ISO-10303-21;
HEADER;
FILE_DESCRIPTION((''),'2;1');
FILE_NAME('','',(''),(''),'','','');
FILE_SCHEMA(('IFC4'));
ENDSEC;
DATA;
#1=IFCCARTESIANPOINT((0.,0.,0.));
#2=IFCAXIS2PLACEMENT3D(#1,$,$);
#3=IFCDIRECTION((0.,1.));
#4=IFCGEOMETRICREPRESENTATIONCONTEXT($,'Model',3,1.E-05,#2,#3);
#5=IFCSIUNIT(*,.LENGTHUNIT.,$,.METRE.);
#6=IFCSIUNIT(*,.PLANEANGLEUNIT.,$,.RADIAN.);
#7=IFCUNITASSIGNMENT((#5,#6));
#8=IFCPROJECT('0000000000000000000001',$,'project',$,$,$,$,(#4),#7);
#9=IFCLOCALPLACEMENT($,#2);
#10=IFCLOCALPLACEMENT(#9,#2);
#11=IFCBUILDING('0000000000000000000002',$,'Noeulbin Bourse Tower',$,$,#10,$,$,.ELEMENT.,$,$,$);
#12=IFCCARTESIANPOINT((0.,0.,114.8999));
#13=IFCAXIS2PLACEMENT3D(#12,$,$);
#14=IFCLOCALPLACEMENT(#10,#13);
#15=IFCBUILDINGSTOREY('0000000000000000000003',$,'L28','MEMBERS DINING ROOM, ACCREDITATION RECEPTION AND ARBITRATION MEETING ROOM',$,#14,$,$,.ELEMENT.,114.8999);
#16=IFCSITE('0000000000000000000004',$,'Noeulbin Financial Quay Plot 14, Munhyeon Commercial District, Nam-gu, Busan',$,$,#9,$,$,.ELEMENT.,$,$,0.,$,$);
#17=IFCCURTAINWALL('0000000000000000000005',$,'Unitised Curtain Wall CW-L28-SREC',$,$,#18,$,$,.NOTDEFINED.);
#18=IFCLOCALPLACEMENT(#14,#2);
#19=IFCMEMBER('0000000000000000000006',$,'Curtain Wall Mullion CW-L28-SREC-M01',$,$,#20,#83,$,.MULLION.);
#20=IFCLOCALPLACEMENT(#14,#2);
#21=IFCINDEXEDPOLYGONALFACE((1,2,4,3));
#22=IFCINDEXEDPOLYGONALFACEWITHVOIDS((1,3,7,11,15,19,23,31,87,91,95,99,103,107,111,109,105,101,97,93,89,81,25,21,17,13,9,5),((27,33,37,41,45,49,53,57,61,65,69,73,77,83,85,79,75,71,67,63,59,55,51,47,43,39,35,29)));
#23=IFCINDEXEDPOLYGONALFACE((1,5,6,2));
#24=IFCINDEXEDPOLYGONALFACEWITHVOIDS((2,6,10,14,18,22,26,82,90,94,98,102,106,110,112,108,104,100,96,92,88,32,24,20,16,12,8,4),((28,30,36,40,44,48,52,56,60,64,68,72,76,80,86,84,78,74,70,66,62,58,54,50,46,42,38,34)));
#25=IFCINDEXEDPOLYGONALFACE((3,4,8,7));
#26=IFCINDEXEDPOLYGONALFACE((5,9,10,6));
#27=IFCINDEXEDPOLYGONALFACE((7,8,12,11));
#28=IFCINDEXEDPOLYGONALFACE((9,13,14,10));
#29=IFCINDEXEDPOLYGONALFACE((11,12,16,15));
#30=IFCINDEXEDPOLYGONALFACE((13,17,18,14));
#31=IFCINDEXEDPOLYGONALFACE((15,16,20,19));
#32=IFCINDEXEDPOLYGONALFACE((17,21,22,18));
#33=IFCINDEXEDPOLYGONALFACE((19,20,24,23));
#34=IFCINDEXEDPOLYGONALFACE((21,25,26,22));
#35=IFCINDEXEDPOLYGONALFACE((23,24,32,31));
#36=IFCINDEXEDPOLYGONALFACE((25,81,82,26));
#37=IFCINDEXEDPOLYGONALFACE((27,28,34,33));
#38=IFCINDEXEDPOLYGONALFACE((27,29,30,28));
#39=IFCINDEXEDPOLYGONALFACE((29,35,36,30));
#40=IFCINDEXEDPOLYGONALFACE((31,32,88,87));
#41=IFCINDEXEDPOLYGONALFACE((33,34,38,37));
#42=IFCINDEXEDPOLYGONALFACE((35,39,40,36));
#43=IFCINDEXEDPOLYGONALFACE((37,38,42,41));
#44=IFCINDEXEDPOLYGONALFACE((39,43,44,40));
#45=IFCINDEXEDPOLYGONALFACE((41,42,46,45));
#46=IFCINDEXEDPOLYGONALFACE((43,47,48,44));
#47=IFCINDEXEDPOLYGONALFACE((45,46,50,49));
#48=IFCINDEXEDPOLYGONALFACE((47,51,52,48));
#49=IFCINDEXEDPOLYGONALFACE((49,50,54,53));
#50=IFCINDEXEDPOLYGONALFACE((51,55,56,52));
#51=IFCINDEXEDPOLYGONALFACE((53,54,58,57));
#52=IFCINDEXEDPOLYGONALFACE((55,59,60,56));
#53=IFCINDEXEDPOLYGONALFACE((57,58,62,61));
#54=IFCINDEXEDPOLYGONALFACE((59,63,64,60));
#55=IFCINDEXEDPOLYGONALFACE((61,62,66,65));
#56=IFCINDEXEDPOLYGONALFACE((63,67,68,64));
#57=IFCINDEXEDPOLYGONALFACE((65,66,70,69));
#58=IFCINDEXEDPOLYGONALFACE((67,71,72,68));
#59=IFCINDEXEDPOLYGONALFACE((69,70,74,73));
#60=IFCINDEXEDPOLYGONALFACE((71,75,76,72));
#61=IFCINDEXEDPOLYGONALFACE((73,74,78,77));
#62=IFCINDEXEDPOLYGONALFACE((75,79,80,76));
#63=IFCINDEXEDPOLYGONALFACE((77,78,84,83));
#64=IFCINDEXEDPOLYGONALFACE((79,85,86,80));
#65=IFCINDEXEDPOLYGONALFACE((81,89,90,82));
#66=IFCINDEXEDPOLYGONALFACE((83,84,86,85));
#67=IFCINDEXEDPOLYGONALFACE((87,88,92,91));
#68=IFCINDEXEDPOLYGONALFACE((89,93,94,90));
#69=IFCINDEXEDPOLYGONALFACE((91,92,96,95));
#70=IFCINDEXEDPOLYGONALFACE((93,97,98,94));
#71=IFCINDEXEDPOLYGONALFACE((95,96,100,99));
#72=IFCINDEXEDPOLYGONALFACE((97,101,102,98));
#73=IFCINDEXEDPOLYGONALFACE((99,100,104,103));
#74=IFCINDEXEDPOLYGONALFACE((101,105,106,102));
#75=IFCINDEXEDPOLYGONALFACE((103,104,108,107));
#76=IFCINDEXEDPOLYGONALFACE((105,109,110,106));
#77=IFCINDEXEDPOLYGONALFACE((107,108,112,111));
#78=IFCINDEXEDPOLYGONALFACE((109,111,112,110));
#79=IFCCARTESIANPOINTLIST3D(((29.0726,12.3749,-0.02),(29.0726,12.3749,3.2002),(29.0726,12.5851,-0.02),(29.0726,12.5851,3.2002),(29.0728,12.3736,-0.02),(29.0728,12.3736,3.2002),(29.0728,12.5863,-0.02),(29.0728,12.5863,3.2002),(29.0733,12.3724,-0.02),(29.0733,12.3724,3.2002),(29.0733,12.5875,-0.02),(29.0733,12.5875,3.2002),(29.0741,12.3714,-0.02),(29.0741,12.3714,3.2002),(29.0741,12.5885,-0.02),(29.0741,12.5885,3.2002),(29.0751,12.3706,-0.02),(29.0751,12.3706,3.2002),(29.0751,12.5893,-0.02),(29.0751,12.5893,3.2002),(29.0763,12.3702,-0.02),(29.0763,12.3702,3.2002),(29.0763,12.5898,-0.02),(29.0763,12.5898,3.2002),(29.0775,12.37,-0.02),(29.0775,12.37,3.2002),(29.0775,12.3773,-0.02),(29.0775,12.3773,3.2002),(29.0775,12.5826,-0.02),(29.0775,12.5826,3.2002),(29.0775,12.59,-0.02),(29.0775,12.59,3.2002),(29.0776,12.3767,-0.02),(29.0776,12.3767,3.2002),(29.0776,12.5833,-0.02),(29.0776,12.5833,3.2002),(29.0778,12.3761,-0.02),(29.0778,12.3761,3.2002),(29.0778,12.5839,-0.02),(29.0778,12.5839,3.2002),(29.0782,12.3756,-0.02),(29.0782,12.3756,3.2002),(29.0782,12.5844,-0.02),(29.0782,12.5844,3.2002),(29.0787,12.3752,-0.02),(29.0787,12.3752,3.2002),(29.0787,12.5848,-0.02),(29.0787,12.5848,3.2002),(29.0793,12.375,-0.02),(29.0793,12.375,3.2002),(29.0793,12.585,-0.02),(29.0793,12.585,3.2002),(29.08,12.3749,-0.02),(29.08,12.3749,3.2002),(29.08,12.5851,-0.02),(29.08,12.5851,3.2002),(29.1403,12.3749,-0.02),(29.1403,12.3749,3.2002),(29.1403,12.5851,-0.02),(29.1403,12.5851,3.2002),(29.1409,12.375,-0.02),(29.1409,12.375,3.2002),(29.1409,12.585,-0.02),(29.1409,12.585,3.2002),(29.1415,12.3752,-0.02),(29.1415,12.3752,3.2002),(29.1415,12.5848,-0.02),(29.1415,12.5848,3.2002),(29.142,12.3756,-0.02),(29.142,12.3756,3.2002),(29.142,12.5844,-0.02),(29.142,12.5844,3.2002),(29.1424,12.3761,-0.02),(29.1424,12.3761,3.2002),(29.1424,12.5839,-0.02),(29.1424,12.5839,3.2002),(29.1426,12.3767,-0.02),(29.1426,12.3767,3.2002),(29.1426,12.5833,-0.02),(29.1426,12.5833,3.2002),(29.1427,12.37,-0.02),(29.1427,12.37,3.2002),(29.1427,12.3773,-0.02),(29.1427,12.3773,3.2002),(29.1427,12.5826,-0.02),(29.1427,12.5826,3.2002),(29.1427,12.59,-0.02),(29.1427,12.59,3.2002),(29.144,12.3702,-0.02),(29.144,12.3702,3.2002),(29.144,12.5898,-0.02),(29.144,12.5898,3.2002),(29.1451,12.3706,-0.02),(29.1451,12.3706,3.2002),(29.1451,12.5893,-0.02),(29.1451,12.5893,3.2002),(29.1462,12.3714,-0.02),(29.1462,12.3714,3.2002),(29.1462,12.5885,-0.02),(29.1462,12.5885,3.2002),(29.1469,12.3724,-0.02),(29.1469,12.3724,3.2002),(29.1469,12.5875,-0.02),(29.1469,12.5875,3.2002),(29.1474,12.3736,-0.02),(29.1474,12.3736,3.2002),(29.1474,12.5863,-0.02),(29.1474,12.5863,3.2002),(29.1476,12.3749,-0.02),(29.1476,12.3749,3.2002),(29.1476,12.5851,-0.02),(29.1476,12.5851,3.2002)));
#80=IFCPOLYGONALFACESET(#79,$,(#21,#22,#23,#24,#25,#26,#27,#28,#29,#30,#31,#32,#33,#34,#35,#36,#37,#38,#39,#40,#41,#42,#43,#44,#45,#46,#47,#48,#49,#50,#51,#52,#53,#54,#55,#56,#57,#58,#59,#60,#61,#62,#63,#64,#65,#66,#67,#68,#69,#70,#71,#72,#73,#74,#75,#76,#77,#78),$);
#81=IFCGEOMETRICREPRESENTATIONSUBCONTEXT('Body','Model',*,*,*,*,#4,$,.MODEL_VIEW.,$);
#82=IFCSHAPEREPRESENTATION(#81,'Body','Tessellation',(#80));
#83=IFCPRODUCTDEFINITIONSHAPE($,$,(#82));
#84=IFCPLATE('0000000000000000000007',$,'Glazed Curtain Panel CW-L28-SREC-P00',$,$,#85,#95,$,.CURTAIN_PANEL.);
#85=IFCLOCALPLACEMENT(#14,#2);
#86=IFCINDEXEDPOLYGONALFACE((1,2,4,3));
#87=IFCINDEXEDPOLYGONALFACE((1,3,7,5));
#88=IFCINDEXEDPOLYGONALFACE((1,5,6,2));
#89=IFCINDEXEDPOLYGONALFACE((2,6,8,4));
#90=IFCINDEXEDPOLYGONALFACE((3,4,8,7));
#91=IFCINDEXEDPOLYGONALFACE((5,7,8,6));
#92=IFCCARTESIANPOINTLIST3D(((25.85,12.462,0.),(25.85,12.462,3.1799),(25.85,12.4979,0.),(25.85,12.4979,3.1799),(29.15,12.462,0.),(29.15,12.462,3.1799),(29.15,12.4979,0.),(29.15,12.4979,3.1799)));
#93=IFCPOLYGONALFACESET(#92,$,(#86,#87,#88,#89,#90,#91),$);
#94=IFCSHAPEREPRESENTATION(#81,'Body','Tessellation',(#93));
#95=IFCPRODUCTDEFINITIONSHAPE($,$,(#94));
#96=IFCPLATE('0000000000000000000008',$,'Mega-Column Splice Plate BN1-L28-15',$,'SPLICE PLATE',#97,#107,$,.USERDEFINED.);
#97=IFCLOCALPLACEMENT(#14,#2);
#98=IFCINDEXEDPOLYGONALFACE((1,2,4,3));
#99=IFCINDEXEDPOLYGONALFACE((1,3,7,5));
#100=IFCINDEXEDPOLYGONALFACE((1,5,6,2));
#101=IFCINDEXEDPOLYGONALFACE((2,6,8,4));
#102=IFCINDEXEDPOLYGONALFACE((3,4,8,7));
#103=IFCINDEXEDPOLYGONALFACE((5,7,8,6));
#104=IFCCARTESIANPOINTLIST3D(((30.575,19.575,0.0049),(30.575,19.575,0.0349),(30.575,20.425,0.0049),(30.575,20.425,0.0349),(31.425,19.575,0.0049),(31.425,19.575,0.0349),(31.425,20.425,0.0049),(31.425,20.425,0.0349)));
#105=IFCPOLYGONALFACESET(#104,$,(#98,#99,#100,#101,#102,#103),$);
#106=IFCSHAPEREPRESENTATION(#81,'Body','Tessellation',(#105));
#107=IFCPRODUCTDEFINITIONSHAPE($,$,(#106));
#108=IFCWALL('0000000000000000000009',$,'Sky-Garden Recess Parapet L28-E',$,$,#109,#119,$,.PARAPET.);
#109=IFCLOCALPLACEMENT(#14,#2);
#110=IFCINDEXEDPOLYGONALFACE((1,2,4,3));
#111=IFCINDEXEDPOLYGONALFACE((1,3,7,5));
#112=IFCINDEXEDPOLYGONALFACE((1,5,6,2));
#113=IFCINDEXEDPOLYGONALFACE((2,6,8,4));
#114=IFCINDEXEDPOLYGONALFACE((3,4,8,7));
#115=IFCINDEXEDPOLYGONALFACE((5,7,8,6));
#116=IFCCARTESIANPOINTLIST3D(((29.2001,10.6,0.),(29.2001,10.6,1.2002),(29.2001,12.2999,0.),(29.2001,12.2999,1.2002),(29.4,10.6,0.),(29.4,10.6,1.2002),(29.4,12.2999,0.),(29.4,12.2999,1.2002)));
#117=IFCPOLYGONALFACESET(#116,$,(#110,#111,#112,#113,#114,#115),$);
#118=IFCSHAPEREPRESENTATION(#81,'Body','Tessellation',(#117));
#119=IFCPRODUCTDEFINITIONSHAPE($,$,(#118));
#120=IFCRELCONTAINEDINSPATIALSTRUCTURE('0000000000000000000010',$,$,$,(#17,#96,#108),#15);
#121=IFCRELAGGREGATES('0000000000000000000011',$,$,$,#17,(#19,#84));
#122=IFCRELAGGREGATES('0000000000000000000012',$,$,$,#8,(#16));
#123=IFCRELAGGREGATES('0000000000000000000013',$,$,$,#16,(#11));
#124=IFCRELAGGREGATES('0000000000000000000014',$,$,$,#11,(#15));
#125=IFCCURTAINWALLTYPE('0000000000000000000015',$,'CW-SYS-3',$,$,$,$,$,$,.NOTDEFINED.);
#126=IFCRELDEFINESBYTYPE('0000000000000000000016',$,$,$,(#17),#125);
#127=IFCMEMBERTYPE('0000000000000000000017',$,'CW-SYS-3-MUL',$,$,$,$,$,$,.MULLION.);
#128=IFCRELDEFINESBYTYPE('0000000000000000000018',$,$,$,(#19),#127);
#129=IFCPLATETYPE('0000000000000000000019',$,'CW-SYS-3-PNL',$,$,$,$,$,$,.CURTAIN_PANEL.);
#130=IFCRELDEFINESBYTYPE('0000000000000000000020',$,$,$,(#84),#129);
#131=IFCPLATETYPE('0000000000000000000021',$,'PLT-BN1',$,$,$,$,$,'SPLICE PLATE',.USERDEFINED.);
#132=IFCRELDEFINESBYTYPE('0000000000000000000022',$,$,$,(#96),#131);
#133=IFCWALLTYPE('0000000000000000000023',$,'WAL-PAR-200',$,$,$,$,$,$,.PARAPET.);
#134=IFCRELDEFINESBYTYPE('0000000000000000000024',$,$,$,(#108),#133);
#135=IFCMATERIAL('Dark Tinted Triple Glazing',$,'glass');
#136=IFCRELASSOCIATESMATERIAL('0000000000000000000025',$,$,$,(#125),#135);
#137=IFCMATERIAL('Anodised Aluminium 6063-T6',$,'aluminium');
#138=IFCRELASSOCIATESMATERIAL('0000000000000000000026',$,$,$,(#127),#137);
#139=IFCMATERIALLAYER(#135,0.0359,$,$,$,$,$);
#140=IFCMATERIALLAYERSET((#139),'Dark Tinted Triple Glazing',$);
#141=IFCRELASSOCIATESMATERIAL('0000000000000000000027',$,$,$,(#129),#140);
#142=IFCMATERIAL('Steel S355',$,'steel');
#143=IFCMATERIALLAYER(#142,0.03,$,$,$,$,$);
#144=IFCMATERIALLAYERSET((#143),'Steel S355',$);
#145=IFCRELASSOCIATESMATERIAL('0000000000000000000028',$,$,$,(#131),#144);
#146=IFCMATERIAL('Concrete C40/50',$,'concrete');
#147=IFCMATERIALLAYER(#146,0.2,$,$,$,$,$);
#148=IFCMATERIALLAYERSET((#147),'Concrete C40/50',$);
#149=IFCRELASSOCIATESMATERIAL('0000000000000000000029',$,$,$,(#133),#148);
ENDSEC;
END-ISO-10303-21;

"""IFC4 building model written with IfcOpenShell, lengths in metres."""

from ifc_helpers import new_model, si_unit, direction, frame, frame_2d, origin, origin_2d, place, context, subcontext, project, spatial, rectangle, hollow_rectangle, extrude, material, layer, layer_set, material_profile, profile_set, type_object, element, aggregate, save


model = new_model("IFC4")

# Units and contexts
model_context = context("Model", 3, precision=1e-05, world=origin(), true_north=direction((0.0, 1.0)))
body_context = subcontext(model_context, "Body", "Model", "MODEL_VIEW")
ifc_project = project(units=[si_unit("LENGTHUNIT", "METRE"), si_unit("PLANEANGLEUNIT", "RADIAN")], contexts=[model_context])

# Site, building, storey
site_placement = place(None, origin())
site = spatial("IfcSite", under=ifc_project, at=site_placement, Name="Noeulbin Financial Quay Plot 14, Munhyeon Commercial District, Nam-gu, Busan", CompositionType="ELEMENT", RefElevation=0.0)
building_placement = place(site_placement, origin())
building = spatial("IfcBuilding", under=site, at=building_placement, Name="Noeulbin Bourse Tower", CompositionType="ELEMENT")
storey_placement = place(building_placement, frame((0.0, 0.0, 114.8999)))
storey = spatial("IfcBuildingStorey", under=building, at=storey_placement, Name="L28", Description="MEMBERS DINING ROOM, ACCREDITATION RECEPTION AND ARBITRATION MEETING ROOM", CompositionType="ELEMENT", Elevation=114.8999)

# Shared definitions
ifc_material_1 = material(Name="Steel S355", Category="steel")

# Curtain wall, member, plate
ifc_material_2 = material(Name="Dark Tinted Triple Glazing", Category="glass")
curtain_wall_type = type_object("IfcCurtainWallType", Name="CW-SYS-3", PredefinedType="NOTDEFINED", material=ifc_material_2)
curtain_wall_placement = place(storey_placement, origin())
curtain_wall = element("IfcCurtainWall", 1, at=curtain_wall_placement, inside=storey, type_object=curtain_wall_type, Name="Unitised Curtain Wall CW-L28-SREC", PredefinedType="NOTDEFINED")
ifc_material_3 = material(Name="Anodised Aluminium 6063-T6", Category="aluminium")
ifc_material_profile_1 = material_profile(ifc_material_3, hollow_rectangle(XDim=0.075, YDim=0.22, WallThickness=0.0049, InnerFilletRadius=0.0024, OuterFilletRadius=0.0049, at=origin_2d()), Name="ALU-MULL-75x220x5", Category="LoadBearing")
ifc_profile_set_1 = profile_set([ifc_material_profile_1], Name="Anodised Aluminium 6063-T6")
member_type = type_object("IfcMemberType", Name="CW-SYS-3-MUL", PredefinedType="MULLION", material=ifc_profile_set_1)
member_placement = place(storey_placement, frame((29.1101, 12.48, -0.02), z_axis=(0.0, 0.0, 1.0), x_axis=(1.0, 0.0, 0.0)))
member = element("IfcMember", 2, at=member_placement, type_object=member_type, Name="Curtain Wall Mullion CW-L28-SREC-M01", PredefinedType="MULLION", context=body_context, shape_type="SweptSolid", body=[
    extrude(hollow_rectangle(XDim=0.075, YDim=0.22, WallThickness=0.0049, InnerFilletRadius=0.0024, OuterFilletRadius=0.0049, at=origin_2d()), origin(), (0.0, 0.0, 1.0), 3.2202),
])
ifc_layer_1 = layer(ifc_material_2, 0.0359)
ifc_layer_set_1 = layer_set([ifc_layer_1], Name="Dark Tinted Triple Glazing")
plate_type_1 = type_object("IfcPlateType", Name="CW-SYS-3-PNL", PredefinedType="CURTAIN_PANEL", material=ifc_layer_set_1)
plate_1_placement = place(storey_placement, frame((27.5, 12.48, 0.0), z_axis=(0.0, 0.0, 1.0), x_axis=(1.0, 0.0, 0.0)))
plate_1 = element("IfcPlate", 3, at=plate_1_placement, type_object=plate_type_1, Name="Glazed Curtain Panel CW-L28-SREC-P00", PredefinedType="CURTAIN_PANEL", context=body_context, shape_type="SweptSolid", body=[
    extrude(rectangle(XDim=3.3, YDim=0.0359, at=origin_2d()), origin(), (0.0, 0.0, 1.0), 3.1799),
])
aggregate(curtain_wall, [member, plate_1])

# Plate
ifc_layer_2 = layer(ifc_material_1, 0.03)
ifc_layer_set_2 = layer_set([ifc_layer_2], Name="Steel S355")
plate_type_2 = type_object("IfcPlateType", Name="PLT-BN1", ElementType="SPLICE PLATE", PredefinedType="USERDEFINED", material=ifc_layer_set_2)
plate_2_placement = place(storey_placement, frame((31.0, 20.0, 0.0049), z_axis=(0.0, 0.0, 1.0), x_axis=(1.0, 0.0, 0.0)))
element("IfcPlate", 4, at=plate_2_placement, inside=storey, type_object=plate_type_2, Name="Mega-Column Splice Plate BN1-L28-15", ObjectType="SPLICE PLATE", PredefinedType="USERDEFINED", context=body_context, shape_type="SweptSolid", body=[
    extrude(rectangle(XDim=0.8501, YDim=0.8501, at=origin_2d()), origin(), (0.0, 0.0, 1.0), 0.03),
])

# Wall
ifc_material_4 = material(Name="Concrete C40/50", Category="concrete")
ifc_layer_3 = layer(ifc_material_4, 0.2)
ifc_layer_set_3 = layer_set([ifc_layer_3], Name="Concrete C40/50")
wall_type = type_object("IfcWallType", Name="WAL-PAR-200", PredefinedType="PARAPET", material=ifc_layer_set_3)
wall_placement = place(storey_placement, frame((29.3, 12.3, 0.0), z_axis=(0.0, 0.0, 1.0), x_axis=(0.0, -1.0, 0.0)))
element("IfcWall", 5, at=wall_placement, inside=storey, type_object=wall_type, Name="Sky-Garden Recess Parapet L28-E", PredefinedType="PARAPET", context=body_context, shape_type="SweptSolid", body=[
    extrude(rectangle(XDim=1.7, YDim=0.2, at=frame_2d((0.8501, 0.0))), origin(), (0.0, 0.0, 1.0), 1.2002),
])

save(model, "model.ifc")
